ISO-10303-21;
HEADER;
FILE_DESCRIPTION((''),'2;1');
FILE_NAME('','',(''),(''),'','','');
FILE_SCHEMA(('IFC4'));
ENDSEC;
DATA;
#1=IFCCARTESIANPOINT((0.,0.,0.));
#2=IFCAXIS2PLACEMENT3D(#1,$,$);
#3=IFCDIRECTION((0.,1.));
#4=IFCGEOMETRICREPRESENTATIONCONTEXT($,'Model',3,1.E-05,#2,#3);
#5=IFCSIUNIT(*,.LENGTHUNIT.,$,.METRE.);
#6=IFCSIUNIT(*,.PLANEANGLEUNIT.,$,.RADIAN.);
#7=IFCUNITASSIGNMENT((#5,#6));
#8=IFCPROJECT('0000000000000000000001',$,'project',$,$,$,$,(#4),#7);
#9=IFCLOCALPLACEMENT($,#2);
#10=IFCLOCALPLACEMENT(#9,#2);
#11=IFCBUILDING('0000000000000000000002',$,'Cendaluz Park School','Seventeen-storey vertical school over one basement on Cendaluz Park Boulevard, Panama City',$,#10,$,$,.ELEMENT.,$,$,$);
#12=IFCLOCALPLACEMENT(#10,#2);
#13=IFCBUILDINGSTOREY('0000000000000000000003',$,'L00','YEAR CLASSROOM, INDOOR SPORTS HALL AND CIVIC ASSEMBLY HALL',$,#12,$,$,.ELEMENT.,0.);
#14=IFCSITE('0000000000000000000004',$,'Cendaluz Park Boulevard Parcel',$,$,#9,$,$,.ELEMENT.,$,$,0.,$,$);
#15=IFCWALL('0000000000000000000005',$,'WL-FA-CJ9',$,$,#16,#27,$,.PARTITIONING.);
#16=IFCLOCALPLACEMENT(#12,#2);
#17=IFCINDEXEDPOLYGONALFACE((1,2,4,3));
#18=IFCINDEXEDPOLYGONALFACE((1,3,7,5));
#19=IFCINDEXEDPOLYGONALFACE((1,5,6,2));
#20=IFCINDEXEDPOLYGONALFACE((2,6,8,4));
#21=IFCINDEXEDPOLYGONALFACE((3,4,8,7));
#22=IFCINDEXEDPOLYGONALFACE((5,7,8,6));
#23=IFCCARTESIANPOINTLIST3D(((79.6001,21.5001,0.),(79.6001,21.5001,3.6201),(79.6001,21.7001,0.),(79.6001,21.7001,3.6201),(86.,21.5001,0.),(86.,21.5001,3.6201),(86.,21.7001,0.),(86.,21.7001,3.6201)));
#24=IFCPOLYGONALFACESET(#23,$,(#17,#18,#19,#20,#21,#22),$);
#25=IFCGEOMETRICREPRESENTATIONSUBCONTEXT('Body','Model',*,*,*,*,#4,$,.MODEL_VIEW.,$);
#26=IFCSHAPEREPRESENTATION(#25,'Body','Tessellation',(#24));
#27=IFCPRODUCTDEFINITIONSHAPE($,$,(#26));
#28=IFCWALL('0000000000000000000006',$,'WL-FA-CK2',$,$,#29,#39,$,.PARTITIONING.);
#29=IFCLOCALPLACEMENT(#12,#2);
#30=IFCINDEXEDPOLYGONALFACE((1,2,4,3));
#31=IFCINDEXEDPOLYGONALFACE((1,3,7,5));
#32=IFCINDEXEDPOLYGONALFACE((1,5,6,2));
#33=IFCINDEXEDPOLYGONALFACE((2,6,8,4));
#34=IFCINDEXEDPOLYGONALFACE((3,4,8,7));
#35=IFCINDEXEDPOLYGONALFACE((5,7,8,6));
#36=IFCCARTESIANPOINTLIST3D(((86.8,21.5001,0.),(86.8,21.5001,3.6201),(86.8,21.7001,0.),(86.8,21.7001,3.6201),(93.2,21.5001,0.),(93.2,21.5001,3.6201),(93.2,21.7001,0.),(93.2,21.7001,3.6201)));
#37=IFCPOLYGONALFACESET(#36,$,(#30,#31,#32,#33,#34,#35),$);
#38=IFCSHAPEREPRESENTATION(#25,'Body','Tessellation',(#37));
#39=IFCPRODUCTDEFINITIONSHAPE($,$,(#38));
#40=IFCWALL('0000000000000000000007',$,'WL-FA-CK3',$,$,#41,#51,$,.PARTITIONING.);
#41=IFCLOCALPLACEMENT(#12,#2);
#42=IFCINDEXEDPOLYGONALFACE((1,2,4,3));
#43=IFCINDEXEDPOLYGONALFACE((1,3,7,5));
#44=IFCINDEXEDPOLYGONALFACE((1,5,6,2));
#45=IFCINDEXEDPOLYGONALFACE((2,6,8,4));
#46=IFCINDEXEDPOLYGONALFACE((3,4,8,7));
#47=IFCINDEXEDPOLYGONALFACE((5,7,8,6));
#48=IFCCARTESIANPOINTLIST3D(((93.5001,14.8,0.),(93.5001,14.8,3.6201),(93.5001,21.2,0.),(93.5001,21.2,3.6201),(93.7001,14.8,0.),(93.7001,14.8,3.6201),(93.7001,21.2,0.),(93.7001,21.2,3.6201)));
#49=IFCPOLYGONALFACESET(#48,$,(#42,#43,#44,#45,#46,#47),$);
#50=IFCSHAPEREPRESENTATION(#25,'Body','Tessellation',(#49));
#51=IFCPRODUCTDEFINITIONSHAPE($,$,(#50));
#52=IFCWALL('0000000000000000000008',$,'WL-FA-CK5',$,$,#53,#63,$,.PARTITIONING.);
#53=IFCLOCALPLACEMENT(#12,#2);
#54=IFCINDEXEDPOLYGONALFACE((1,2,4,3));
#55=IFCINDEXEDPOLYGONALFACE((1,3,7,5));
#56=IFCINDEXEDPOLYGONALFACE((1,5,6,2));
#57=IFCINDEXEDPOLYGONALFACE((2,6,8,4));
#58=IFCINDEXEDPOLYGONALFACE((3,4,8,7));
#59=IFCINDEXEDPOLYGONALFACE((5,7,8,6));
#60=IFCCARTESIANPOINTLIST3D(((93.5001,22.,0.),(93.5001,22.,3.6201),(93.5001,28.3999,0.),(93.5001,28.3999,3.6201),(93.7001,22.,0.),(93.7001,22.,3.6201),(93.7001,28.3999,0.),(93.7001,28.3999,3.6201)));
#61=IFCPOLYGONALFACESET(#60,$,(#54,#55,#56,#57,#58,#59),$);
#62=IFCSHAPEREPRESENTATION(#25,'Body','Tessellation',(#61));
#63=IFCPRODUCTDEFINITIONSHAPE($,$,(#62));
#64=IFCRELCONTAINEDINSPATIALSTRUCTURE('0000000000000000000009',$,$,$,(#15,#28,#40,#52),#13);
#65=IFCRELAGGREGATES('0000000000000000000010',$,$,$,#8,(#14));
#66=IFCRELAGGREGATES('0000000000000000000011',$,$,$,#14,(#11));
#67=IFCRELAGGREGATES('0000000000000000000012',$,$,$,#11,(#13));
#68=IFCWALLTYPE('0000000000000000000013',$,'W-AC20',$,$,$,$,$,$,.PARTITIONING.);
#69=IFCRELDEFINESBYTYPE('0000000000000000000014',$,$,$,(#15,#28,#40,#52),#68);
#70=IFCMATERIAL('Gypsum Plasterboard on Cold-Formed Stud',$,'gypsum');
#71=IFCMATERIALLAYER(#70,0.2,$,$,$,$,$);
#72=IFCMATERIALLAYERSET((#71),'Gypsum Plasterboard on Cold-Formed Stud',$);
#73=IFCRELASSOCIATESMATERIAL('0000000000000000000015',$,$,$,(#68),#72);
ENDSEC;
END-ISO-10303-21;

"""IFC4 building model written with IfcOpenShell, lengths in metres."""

from ifc_helpers import new_model, si_unit, direction, frame, frame_2d, origin, place, context, subcontext, project, spatial, rectangle, extrude, material, layer, layer_set, type_object, element, save


model = new_model("IFC4")

# Units and contexts
model_context = context("Model", 3, precision=1e-05, world=origin(), true_north=direction((0.0, 1.0)))
body_context = subcontext(model_context, "Body", "Model", "MODEL_VIEW")
ifc_project = project(units=[si_unit("LENGTHUNIT", "METRE"), si_unit("PLANEANGLEUNIT", "RADIAN")], contexts=[model_context])

# Site, building, storey
site_placement = place(None, origin())
site = spatial("IfcSite", under=ifc_project, at=site_placement, Name="Cendaluz Park Boulevard Parcel", CompositionType="ELEMENT", RefElevation=0.0)
building_placement = place(site_placement, origin())
building = spatial("IfcBuilding", under=site, at=building_placement, Name="Cendaluz Park School", Description="Seventeen-storey vertical school over one basement on Cendaluz Park Boulevard, Panama City", CompositionType="ELEMENT")
storey_placement = place(building_placement, origin())
storey = spatial("IfcBuildingStorey", under=building, at=storey_placement, Name="L00", Description="YEAR CLASSROOM, INDOOR SPORTS HALL AND CIVIC ASSEMBLY HALL", CompositionType="ELEMENT", Elevation=0.0)

# Walls
ifc_material_1 = material(Name="Gypsum Plasterboard on Cold-Formed Stud", Category="gypsum")
ifc_layer = layer(ifc_material_1, 0.2)
ifc_layer_set = layer_set([ifc_layer], Name="Gypsum Plasterboard on Cold-Formed Stud")
wall_type = type_object("IfcWallType", Name="W-AC20", PredefinedType="PARTITIONING", material=ifc_layer_set)
for number, where, z_axis, x_axis, name in (
    (1, (79.6001, 21.6001, 0.0), (0.0, 0.0, 1.0), (1.0, 0.0, 0.0), "WL-FA-CJ9"),
    (2, (86.8, 21.6001, 0.0), (0.0, 0.0, 1.0), (1.0, 0.0, 0.0), "WL-FA-CK2"),
    (3, (93.6001, 14.8, 0.0), (0.0, 0.0, 1.0), (0.0, 1.0, 0.0), "WL-FA-CK3"),
    (4, (93.6001, 22.0, 0.0), (0.0, 0.0, 1.0), (0.0, 1.0, 0.0), "WL-FA-CK5"),
):
    element("IfcWall", number, at=place(storey_placement, frame(where, z_axis=z_axis, x_axis=x_axis)), inside=storey, type_object=wall_type, Name=name, PredefinedType="PARTITIONING", context=body_context, shape_type="SweptSolid", body=[
        extrude(rectangle(XDim=6.3999, YDim=0.2, at=frame_2d((3.2, 0.0))), origin(), (0.0, 0.0, 1.0), 3.6201),
    ])

save(model, "model.ifc")
